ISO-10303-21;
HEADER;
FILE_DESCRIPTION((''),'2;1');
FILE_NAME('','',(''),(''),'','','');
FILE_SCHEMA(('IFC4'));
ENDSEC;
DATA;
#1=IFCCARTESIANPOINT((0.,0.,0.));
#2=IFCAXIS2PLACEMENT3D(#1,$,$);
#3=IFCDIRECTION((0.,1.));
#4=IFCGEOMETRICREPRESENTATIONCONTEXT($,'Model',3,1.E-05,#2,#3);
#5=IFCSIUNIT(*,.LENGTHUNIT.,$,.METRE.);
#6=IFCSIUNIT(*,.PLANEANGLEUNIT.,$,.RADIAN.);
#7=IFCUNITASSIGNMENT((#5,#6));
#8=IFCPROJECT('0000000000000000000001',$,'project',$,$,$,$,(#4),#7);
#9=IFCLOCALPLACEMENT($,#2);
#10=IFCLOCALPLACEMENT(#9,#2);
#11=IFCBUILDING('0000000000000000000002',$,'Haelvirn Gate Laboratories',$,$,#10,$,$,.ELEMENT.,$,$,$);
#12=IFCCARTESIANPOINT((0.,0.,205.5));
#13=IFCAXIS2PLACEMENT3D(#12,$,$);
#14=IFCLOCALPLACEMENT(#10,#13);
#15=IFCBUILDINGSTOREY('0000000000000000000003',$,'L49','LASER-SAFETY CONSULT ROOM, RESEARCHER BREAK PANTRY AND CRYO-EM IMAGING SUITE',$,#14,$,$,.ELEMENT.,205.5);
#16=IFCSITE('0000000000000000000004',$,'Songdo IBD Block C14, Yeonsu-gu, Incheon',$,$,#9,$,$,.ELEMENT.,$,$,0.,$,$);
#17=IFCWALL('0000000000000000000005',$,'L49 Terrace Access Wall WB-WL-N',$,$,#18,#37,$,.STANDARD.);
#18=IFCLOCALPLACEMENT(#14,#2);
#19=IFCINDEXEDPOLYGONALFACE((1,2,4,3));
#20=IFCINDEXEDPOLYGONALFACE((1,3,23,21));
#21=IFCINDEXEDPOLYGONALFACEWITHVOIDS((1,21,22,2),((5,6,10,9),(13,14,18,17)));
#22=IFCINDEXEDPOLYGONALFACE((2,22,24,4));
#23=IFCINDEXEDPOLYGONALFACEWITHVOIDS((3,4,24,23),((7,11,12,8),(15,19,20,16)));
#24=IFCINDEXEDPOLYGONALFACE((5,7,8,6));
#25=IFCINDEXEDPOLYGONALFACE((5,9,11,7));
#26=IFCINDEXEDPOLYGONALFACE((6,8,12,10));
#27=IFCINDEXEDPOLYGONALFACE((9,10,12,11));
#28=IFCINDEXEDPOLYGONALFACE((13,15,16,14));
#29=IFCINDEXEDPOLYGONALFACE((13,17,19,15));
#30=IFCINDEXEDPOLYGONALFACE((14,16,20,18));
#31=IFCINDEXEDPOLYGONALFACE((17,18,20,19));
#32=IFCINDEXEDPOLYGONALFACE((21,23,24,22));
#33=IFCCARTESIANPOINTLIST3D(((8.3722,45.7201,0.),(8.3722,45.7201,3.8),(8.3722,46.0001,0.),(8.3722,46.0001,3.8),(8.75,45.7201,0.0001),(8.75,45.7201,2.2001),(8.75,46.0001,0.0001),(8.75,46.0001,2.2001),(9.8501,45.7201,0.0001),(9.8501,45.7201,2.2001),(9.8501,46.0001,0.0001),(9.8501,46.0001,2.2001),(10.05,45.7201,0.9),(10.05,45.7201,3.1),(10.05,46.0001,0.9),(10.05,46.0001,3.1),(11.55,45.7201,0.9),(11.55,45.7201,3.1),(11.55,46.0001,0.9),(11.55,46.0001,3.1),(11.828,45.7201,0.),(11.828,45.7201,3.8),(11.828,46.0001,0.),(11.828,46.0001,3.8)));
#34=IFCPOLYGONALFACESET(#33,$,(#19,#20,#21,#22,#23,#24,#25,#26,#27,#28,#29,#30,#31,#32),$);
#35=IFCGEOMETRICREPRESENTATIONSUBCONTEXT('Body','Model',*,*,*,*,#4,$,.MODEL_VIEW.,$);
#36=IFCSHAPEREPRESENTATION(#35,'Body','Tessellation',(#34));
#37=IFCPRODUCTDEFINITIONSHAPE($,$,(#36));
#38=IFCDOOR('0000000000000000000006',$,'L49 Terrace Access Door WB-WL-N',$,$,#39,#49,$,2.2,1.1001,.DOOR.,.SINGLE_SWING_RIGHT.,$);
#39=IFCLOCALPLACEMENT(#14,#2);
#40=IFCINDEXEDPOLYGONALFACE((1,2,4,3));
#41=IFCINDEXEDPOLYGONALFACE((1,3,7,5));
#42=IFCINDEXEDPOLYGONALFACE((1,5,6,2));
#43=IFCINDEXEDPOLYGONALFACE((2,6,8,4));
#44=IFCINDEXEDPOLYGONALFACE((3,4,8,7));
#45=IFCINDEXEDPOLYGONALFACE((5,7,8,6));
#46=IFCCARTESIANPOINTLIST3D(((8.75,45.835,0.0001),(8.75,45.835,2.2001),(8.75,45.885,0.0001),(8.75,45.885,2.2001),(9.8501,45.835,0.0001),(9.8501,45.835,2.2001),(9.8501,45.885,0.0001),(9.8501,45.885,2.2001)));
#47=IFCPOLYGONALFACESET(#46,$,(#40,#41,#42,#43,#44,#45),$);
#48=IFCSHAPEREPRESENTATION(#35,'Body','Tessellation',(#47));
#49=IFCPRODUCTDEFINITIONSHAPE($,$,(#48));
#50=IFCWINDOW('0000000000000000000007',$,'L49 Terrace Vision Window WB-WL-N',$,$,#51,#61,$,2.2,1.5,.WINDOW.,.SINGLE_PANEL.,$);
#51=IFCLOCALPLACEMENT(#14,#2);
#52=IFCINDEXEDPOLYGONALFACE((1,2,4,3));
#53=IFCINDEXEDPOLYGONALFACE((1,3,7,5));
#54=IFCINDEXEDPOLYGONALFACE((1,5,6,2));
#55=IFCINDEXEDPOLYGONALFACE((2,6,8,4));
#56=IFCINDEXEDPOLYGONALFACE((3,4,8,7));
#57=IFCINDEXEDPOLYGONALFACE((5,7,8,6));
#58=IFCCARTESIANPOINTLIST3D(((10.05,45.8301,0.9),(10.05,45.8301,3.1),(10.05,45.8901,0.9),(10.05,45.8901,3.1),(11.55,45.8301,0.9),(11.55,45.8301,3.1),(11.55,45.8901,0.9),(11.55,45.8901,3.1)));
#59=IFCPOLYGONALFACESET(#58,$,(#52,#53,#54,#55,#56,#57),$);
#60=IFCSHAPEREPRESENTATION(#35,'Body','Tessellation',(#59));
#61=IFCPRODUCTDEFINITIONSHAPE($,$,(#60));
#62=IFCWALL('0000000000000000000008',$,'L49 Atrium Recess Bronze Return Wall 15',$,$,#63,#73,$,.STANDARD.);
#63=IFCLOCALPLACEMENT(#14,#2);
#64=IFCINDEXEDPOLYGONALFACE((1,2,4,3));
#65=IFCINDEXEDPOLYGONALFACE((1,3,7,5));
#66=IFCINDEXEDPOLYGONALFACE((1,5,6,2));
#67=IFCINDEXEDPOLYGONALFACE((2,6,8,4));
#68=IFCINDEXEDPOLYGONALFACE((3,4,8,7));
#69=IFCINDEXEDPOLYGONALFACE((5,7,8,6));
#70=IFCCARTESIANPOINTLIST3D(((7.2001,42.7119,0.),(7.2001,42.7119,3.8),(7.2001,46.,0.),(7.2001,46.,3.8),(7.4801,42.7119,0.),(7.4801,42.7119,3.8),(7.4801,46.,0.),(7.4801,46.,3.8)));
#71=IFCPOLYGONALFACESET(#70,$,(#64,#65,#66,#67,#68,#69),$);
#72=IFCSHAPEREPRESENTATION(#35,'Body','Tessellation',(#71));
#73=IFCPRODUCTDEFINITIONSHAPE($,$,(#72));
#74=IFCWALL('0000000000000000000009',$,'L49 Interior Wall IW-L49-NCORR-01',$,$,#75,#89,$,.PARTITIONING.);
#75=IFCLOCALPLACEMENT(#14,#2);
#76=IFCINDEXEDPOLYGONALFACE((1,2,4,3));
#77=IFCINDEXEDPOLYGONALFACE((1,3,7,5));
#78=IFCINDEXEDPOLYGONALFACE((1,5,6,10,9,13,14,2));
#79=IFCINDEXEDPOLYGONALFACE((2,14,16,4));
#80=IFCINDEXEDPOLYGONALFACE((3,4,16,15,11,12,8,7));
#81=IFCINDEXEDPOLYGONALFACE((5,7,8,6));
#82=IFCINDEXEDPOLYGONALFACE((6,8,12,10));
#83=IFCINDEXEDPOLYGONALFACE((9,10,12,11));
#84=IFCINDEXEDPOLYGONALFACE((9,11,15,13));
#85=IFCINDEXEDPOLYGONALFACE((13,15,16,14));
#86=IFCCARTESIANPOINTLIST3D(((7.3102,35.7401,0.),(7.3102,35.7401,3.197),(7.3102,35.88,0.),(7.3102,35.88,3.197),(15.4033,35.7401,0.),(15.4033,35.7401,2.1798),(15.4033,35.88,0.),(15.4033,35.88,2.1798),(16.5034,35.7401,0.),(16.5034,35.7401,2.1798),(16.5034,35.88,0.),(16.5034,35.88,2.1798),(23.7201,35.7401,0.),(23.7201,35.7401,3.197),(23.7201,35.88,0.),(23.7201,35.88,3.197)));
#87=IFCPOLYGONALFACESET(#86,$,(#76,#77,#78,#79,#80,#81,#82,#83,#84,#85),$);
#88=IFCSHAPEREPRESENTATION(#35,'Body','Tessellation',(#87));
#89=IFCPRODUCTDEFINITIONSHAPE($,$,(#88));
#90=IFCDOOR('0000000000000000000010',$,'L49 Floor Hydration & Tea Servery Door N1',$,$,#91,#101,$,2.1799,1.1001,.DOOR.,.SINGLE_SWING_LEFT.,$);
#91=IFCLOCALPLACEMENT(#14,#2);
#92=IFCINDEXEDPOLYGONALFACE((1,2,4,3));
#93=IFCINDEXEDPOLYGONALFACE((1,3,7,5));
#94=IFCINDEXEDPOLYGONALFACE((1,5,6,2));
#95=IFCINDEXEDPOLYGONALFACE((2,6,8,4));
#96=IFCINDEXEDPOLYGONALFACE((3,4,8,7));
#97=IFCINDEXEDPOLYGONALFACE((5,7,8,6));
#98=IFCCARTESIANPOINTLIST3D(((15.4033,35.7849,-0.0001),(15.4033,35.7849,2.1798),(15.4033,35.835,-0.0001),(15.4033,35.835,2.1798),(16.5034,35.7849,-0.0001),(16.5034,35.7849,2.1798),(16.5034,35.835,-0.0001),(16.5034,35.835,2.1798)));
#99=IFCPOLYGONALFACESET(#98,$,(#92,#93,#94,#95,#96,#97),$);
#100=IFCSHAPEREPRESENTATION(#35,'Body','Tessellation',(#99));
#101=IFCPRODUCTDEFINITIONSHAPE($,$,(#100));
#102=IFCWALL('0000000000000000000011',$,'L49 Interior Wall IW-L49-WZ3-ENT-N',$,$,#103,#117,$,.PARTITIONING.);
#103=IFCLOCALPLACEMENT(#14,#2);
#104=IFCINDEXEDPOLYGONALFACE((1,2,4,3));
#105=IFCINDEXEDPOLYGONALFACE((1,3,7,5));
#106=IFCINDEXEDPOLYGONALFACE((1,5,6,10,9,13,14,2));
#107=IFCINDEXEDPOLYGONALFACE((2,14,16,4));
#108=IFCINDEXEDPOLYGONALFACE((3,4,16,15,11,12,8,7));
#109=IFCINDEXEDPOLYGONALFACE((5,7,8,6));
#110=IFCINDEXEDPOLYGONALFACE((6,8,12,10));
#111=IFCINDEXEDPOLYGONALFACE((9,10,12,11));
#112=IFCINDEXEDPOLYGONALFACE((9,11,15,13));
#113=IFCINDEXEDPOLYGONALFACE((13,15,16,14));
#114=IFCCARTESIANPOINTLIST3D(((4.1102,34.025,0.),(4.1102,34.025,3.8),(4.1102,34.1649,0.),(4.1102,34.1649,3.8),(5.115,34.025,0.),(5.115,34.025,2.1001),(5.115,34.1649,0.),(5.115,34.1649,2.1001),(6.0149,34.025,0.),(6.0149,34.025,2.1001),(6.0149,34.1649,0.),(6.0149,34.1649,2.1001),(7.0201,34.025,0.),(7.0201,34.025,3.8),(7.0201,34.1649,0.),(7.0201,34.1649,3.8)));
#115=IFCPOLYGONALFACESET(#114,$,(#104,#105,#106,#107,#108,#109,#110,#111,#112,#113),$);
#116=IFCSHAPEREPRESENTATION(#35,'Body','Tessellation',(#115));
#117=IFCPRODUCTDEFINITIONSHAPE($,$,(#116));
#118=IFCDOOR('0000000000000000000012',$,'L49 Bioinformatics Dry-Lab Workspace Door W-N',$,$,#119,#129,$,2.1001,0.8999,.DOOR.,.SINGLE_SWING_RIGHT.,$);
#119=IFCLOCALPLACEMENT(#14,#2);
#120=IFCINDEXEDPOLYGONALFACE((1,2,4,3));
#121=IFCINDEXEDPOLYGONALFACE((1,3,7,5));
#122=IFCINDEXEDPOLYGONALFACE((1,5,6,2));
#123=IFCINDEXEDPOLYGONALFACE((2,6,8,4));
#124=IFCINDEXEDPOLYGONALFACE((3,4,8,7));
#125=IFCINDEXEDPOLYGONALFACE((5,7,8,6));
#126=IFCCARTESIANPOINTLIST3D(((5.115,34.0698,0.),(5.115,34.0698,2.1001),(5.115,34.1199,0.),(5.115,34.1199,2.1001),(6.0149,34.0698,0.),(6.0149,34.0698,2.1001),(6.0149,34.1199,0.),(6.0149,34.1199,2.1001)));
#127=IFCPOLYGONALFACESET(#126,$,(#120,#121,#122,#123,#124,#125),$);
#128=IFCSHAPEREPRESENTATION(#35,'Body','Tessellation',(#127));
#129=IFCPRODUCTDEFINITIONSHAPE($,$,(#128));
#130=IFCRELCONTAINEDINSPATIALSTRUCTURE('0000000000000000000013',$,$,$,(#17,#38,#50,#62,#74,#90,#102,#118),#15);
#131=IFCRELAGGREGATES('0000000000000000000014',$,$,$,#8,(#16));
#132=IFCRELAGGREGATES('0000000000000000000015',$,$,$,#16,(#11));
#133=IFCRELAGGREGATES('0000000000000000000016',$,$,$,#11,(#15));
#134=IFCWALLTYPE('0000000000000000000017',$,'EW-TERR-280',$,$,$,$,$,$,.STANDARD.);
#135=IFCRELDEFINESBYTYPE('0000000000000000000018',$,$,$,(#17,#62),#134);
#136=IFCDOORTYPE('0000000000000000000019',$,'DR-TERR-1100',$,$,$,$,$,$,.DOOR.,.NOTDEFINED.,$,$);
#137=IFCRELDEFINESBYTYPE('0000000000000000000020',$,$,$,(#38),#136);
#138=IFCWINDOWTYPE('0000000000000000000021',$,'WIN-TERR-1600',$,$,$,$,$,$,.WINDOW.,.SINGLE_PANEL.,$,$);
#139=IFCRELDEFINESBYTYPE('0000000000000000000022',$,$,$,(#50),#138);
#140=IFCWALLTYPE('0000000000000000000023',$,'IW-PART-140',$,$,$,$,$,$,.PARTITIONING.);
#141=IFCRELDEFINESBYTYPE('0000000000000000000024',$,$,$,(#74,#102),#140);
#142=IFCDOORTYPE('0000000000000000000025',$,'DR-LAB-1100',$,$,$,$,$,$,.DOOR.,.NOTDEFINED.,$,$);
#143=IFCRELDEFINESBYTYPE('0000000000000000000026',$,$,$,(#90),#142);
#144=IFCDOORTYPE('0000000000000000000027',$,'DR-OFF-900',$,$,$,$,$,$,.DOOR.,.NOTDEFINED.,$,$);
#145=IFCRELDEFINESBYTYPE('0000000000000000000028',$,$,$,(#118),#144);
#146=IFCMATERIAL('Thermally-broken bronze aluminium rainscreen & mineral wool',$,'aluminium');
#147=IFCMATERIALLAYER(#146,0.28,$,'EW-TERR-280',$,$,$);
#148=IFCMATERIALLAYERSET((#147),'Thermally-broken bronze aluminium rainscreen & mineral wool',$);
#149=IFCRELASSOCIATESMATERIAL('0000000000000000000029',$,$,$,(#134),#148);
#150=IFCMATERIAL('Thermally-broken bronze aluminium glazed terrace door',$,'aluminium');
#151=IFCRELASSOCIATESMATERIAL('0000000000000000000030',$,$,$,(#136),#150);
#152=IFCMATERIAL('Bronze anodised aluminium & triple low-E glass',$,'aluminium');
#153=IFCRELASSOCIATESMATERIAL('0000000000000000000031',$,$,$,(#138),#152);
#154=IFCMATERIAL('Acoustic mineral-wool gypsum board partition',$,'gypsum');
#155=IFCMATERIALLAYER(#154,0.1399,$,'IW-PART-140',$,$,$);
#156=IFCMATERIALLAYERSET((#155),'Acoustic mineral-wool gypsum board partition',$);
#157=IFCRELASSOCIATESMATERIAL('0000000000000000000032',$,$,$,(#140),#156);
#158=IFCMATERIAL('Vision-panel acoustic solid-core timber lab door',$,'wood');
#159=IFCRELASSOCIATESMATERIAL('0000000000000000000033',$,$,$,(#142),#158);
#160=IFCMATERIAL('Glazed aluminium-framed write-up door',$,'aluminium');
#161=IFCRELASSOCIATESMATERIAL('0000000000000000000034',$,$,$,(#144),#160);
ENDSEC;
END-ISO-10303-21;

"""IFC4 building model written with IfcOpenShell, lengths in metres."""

from ifc_helpers import new_model, si_unit, direction, frame, frame_2d, origin, place, context, subcontext, project, spatial, rectangle, extrude, source, transform, mapped, material, layer, layer_set, type_object, type_shapes, element, fill, save


model = new_model("IFC4")

# Units and contexts
model_context = context("Model", 3, precision=1e-05, world=origin(), true_north=direction((0.0, 1.0)))
body_context = subcontext(model_context, "Body", "Model", "MODEL_VIEW")
ifc_project = project(units=[si_unit("LENGTHUNIT", "METRE"), si_unit("PLANEANGLEUNIT", "RADIAN")], contexts=[model_context])

# Site, building, storey
site_placement = place(None, origin())
site = spatial("IfcSite", under=ifc_project, at=site_placement, Name="Songdo IBD Block C14, Yeonsu-gu, Incheon", CompositionType="ELEMENT", RefElevation=0.0)
building_placement = place(site_placement, origin())
building = spatial("IfcBuilding", under=site, at=building_placement, Name="Haelvirn Gate Laboratories", CompositionType="ELEMENT")
storey_placement = place(building_placement, frame((0.0, 0.0, 205.5)))
storey = spatial("IfcBuildingStorey", under=building, at=storey_placement, Name="L49", Description="LASER-SAFETY CONSULT ROOM, RESEARCHER BREAK PANTRY AND CRYO-EM IMAGING SUITE", CompositionType="ELEMENT", Elevation=205.5)

# Wall, openings, door, window
ifc_material_1 = material(Name="Thermally-broken bronze aluminium rainscreen & mineral wool", Category="aluminium")
ifc_layer_1 = layer(ifc_material_1, 0.28, Name="EW-TERR-280")
ifc_layer_set_1 = layer_set([ifc_layer_1], Name="Thermally-broken bronze aluminium rainscreen & mineral wool")
wall_type_1 = type_object("IfcWallType", Name="EW-TERR-280", PredefinedType="STANDARD", material=ifc_layer_set_1)
wall_1_placement = place(storey_placement, frame((8.3721, 45.8601, 0.0), z_axis=(0.0, 0.0, 1.0), x_axis=(1.0, 0.0, 0.0)))
wall_1 = element("IfcWall", 1, at=wall_1_placement, inside=storey, type_object=wall_type_1, Name="L49 Terrace Access Wall WB-WL-N", PredefinedType="STANDARD", context=body_context, shape_type="SweptSolid", body=[
    extrude(rectangle(XDim=3.4558, YDim=0.28, at=frame_2d((1.728, 0.0))), origin(), (0.0, 0.0, 1.0), 3.8),
])
opening_1_placement = place(wall_1_placement, frame((0.3779, 0.0, 0.0)))
opening_1 = element("IfcOpeningElement", 2, at=opening_1_placement, cuts=wall_1, PredefinedType="OPENING", context=body_context, shape_type="SweptSolid", body=[
    extrude(rectangle(XDim=1.1001, YDim=2.2, at=frame_2d((0.55, 1.1001))), frame((0.0, 0.1499, 0.0), z_axis=(0.0, -1.0, 0.0), x_axis=(1.0, 0.0, 0.0)), (0.0, 0.0, 1.0), 0.3),
])
opening_2_placement = place(wall_1_placement, frame((1.678, 0.0, 0.8999)))
opening_2 = element("IfcOpeningElement", 3, at=opening_2_placement, cuts=wall_1, PredefinedType="OPENING", context=body_context, shape_type="SweptSolid", body=[
    extrude(rectangle(XDim=1.5, YDim=2.2, at=frame_2d((0.75, 1.1001))), frame((0.0, 0.1499, 0.0), z_axis=(0.0, -1.0, 0.0), x_axis=(1.0, 0.0, 0.0)), (0.0, 0.0, 1.0), 0.3),
])
ifc_material_2 = material(Name="Thermally-broken bronze aluminium glazed terrace door", Category="aluminium")
door_type_1 = type_object("IfcDoorType", Name="DR-TERR-1100", OperationType="NOTDEFINED", PredefinedType="DOOR", material=ifc_material_2)
shared_shape_1 = source(origin(), body_context, "Body", "SweptSolid", [
    extrude(rectangle(XDim=1.1001, YDim=2.2, at=frame_2d((0.55, 1.1001))), frame((0.0, 0.0249, 0.0), z_axis=(0.0, -1.0, 0.0), x_axis=(1.0, 0.0, 0.0)), (0.0, 0.0, 1.0), 0.05),
])
type_shapes(door_type_1, [shared_shape_1])
door_1_placement = place(opening_1_placement, origin())
door_1 = element("IfcDoor", 4, at=door_1_placement, inside=storey, type_object=door_type_1, Name="L49 Terrace Access Door WB-WL-N", OperationType="SINGLE_SWING_RIGHT", OverallHeight=2.2, OverallWidth=1.1001, PredefinedType="DOOR", context=body_context, shape_type="MappedRepresentation", body=[
    mapped(shared_shape_1, transform((0.0, 0.0, 0.0), scale=1.0)),
])
fill(opening_1, door_1)
ifc_material_3 = material(Name="Bronze anodised aluminium & triple low-E glass", Category="aluminium")
window_type = type_object("IfcWindowType", Name="WIN-TERR-1600", PartitioningType="SINGLE_PANEL", PredefinedType="WINDOW", material=ifc_material_3)
shared_shape_2 = source(origin(), body_context, "Body", "SweptSolid", [
    extrude(rectangle(XDim=1.5, YDim=2.2, at=frame_2d((0.75, 1.1001))), frame((0.0, 0.03, 0.0), z_axis=(0.0, -1.0, 0.0), x_axis=(1.0, 0.0, 0.0)), (0.0, 0.0, 1.0), 0.0601),
])
type_shapes(window_type, [shared_shape_2])
window_placement = place(opening_2_placement, origin())
window = element("IfcWindow", 5, at=window_placement, inside=storey, type_object=window_type, Name="L49 Terrace Vision Window WB-WL-N", OverallHeight=2.2, OverallWidth=1.5, PartitioningType="SINGLE_PANEL", PredefinedType="WINDOW", context=body_context, shape_type="MappedRepresentation", body=[
    mapped(shared_shape_2, transform((0.0, 0.0, 0.0), scale=1.0)),
])
fill(opening_2, window)

# Wall
wall_2_placement = place(storey_placement, frame((7.3401, 46.0, 0.0), z_axis=(0.0, 0.0, 1.0), x_axis=(0.0, -1.0, 0.0)))
element("IfcWall", 6, at=wall_2_placement, inside=storey, type_object=wall_type_1, Name="L49 Atrium Recess Bronze Return Wall 15", PredefinedType="STANDARD", context=body_context, shape_type="SweptSolid", body=[
    extrude(rectangle(XDim=3.2881, YDim=0.28, at=frame_2d((1.644, 0.0))), origin(), (0.0, 0.0, 1.0), 3.8),
])

# Walls, openings, doors
ifc_material_4 = material(Name="Acoustic mineral-wool gypsum board partition", Category="gypsum")
ifc_layer_2 = layer(ifc_material_4, 0.1399, Name="IW-PART-140")
ifc_layer_set_2 = layer_set([ifc_layer_2], Name="Acoustic mineral-wool gypsum board partition")
wall_type_2 = type_object("IfcWallType", Name="IW-PART-140", PredefinedType="PARTITIONING", material=ifc_layer_set_2)
wall_3_placement = place(storey_placement, frame((7.3101, 35.8101, 0.0), z_axis=(0.0, 0.0, 1.0), x_axis=(1.0, 0.0, 0.0)))
wall_3 = element("IfcWall", 7, at=wall_3_placement, inside=storey, type_object=wall_type_2, Name="L49 Interior Wall IW-L49-NCORR-01", PredefinedType="PARTITIONING", context=body_context, shape_type="SweptSolid", body=[
    extrude(rectangle(XDim=16.4099, YDim=0.1399, at=frame_2d((8.2051, 0.0))), origin(), (0.0, 0.0, 1.0), 3.197),
])
opening_3_placement = place(wall_3_placement, frame((8.0933, 0.0, 0.0)))
opening_3 = element("IfcOpeningElement", 8, at=opening_3_placement, cuts=wall_3, PredefinedType="OPENING", context=body_context, shape_type="SweptSolid", body=[
    extrude(rectangle(XDim=1.1001, YDim=2.1799, at=frame_2d((0.55, 1.0898))), frame((0.0, 0.0801, 0.0), z_axis=(0.0, -1.0, 0.0), x_axis=(1.0, 0.0, 0.0)), (0.0, 0.0, 1.0), 0.1599),
])
ifc_material_5 = material(Name="Vision-panel acoustic solid-core timber lab door", Category="wood")
door_type_2 = type_object("IfcDoorType", Name="DR-LAB-1100", OperationType="NOTDEFINED", PredefinedType="DOOR", material=ifc_material_5)
shared_shape_3 = source(origin(), body_context, "Body", "SweptSolid", [
    extrude(rectangle(XDim=1.1001, YDim=2.1799, at=frame_2d((0.55, 1.0898))), frame((0.0, 0.0249, 0.0), z_axis=(0.0, -1.0, 0.0), x_axis=(1.0, 0.0, 0.0)), (0.0, 0.0, 1.0), 0.05),
])
type_shapes(door_type_2, [shared_shape_3])
door_2_placement = place(opening_3_placement, origin())
door_2 = element("IfcDoor", 9, at=door_2_placement, inside=storey, type_object=door_type_2, Name="L49 Floor Hydration & Tea Servery Door N1", OperationType="SINGLE_SWING_LEFT", OverallHeight=2.1799, OverallWidth=1.1001, PredefinedType="DOOR", context=body_context, shape_type="MappedRepresentation", body=[
    mapped(shared_shape_3, transform((0.0, 0.0, 0.0), scale=1.0)),
])
fill(opening_3, door_2)
wall_4_placement = place(storey_placement, frame((4.1101, 34.095, 0.0), z_axis=(0.0, 0.0, 1.0), x_axis=(1.0, 0.0, 0.0)))
wall_4 = element("IfcWall", 10, at=wall_4_placement, inside=storey, type_object=wall_type_2, Name="L49 Interior Wall IW-L49-WZ3-ENT-N", PredefinedType="PARTITIONING", context=body_context, shape_type="SweptSolid", body=[
    extrude(rectangle(XDim=2.9099, YDim=0.1399, at=frame_2d((1.4551, 0.0))), origin(), (0.0, 0.0, 1.0), 3.8),
])
opening_4_placement = place(wall_4_placement, frame((1.0049, 0.0, 0.0)))
opening_4 = element("IfcOpeningElement", 11, at=opening_4_placement, cuts=wall_4, PredefinedType="OPENING", context=body_context, shape_type="SweptSolid", body=[
    extrude(rectangle(XDim=0.8999, YDim=2.1001, at=frame_2d((0.45, 1.05))), frame((0.0, 0.0801, 0.0), z_axis=(0.0, -1.0, 0.0), x_axis=(1.0, 0.0, 0.0)), (0.0, 0.0, 1.0), 0.1599),
])
ifc_material_6 = material(Name="Glazed aluminium-framed write-up door", Category="aluminium")
door_type_3 = type_object("IfcDoorType", Name="DR-OFF-900", OperationType="NOTDEFINED", PredefinedType="DOOR", material=ifc_material_6)
shared_shape_4 = source(origin(), body_context, "Body", "SweptSolid", [
    extrude(rectangle(XDim=0.8999, YDim=2.1001, at=frame_2d((0.45, 1.05))), frame((0.0, 0.0249, 0.0), z_axis=(0.0, -1.0, 0.0), x_axis=(1.0, 0.0, 0.0)), (0.0, 0.0, 1.0), 0.05),
])
type_shapes(door_type_3, [shared_shape_4])
door_3_placement = place(opening_4_placement, origin())
door_3 = element("IfcDoor", 12, at=door_3_placement, inside=storey, type_object=door_type_3, Name="L49 Bioinformatics Dry-Lab Workspace Door W-N", OperationType="SINGLE_SWING_RIGHT", OverallHeight=2.1001, OverallWidth=0.8999, PredefinedType="DOOR", context=body_context, shape_type="MappedRepresentation", body=[
    mapped(shared_shape_4, transform((0.0, 0.0, 0.0), scale=1.0)),
])
fill(opening_4, door_3)

save(model, "model.ifc")
